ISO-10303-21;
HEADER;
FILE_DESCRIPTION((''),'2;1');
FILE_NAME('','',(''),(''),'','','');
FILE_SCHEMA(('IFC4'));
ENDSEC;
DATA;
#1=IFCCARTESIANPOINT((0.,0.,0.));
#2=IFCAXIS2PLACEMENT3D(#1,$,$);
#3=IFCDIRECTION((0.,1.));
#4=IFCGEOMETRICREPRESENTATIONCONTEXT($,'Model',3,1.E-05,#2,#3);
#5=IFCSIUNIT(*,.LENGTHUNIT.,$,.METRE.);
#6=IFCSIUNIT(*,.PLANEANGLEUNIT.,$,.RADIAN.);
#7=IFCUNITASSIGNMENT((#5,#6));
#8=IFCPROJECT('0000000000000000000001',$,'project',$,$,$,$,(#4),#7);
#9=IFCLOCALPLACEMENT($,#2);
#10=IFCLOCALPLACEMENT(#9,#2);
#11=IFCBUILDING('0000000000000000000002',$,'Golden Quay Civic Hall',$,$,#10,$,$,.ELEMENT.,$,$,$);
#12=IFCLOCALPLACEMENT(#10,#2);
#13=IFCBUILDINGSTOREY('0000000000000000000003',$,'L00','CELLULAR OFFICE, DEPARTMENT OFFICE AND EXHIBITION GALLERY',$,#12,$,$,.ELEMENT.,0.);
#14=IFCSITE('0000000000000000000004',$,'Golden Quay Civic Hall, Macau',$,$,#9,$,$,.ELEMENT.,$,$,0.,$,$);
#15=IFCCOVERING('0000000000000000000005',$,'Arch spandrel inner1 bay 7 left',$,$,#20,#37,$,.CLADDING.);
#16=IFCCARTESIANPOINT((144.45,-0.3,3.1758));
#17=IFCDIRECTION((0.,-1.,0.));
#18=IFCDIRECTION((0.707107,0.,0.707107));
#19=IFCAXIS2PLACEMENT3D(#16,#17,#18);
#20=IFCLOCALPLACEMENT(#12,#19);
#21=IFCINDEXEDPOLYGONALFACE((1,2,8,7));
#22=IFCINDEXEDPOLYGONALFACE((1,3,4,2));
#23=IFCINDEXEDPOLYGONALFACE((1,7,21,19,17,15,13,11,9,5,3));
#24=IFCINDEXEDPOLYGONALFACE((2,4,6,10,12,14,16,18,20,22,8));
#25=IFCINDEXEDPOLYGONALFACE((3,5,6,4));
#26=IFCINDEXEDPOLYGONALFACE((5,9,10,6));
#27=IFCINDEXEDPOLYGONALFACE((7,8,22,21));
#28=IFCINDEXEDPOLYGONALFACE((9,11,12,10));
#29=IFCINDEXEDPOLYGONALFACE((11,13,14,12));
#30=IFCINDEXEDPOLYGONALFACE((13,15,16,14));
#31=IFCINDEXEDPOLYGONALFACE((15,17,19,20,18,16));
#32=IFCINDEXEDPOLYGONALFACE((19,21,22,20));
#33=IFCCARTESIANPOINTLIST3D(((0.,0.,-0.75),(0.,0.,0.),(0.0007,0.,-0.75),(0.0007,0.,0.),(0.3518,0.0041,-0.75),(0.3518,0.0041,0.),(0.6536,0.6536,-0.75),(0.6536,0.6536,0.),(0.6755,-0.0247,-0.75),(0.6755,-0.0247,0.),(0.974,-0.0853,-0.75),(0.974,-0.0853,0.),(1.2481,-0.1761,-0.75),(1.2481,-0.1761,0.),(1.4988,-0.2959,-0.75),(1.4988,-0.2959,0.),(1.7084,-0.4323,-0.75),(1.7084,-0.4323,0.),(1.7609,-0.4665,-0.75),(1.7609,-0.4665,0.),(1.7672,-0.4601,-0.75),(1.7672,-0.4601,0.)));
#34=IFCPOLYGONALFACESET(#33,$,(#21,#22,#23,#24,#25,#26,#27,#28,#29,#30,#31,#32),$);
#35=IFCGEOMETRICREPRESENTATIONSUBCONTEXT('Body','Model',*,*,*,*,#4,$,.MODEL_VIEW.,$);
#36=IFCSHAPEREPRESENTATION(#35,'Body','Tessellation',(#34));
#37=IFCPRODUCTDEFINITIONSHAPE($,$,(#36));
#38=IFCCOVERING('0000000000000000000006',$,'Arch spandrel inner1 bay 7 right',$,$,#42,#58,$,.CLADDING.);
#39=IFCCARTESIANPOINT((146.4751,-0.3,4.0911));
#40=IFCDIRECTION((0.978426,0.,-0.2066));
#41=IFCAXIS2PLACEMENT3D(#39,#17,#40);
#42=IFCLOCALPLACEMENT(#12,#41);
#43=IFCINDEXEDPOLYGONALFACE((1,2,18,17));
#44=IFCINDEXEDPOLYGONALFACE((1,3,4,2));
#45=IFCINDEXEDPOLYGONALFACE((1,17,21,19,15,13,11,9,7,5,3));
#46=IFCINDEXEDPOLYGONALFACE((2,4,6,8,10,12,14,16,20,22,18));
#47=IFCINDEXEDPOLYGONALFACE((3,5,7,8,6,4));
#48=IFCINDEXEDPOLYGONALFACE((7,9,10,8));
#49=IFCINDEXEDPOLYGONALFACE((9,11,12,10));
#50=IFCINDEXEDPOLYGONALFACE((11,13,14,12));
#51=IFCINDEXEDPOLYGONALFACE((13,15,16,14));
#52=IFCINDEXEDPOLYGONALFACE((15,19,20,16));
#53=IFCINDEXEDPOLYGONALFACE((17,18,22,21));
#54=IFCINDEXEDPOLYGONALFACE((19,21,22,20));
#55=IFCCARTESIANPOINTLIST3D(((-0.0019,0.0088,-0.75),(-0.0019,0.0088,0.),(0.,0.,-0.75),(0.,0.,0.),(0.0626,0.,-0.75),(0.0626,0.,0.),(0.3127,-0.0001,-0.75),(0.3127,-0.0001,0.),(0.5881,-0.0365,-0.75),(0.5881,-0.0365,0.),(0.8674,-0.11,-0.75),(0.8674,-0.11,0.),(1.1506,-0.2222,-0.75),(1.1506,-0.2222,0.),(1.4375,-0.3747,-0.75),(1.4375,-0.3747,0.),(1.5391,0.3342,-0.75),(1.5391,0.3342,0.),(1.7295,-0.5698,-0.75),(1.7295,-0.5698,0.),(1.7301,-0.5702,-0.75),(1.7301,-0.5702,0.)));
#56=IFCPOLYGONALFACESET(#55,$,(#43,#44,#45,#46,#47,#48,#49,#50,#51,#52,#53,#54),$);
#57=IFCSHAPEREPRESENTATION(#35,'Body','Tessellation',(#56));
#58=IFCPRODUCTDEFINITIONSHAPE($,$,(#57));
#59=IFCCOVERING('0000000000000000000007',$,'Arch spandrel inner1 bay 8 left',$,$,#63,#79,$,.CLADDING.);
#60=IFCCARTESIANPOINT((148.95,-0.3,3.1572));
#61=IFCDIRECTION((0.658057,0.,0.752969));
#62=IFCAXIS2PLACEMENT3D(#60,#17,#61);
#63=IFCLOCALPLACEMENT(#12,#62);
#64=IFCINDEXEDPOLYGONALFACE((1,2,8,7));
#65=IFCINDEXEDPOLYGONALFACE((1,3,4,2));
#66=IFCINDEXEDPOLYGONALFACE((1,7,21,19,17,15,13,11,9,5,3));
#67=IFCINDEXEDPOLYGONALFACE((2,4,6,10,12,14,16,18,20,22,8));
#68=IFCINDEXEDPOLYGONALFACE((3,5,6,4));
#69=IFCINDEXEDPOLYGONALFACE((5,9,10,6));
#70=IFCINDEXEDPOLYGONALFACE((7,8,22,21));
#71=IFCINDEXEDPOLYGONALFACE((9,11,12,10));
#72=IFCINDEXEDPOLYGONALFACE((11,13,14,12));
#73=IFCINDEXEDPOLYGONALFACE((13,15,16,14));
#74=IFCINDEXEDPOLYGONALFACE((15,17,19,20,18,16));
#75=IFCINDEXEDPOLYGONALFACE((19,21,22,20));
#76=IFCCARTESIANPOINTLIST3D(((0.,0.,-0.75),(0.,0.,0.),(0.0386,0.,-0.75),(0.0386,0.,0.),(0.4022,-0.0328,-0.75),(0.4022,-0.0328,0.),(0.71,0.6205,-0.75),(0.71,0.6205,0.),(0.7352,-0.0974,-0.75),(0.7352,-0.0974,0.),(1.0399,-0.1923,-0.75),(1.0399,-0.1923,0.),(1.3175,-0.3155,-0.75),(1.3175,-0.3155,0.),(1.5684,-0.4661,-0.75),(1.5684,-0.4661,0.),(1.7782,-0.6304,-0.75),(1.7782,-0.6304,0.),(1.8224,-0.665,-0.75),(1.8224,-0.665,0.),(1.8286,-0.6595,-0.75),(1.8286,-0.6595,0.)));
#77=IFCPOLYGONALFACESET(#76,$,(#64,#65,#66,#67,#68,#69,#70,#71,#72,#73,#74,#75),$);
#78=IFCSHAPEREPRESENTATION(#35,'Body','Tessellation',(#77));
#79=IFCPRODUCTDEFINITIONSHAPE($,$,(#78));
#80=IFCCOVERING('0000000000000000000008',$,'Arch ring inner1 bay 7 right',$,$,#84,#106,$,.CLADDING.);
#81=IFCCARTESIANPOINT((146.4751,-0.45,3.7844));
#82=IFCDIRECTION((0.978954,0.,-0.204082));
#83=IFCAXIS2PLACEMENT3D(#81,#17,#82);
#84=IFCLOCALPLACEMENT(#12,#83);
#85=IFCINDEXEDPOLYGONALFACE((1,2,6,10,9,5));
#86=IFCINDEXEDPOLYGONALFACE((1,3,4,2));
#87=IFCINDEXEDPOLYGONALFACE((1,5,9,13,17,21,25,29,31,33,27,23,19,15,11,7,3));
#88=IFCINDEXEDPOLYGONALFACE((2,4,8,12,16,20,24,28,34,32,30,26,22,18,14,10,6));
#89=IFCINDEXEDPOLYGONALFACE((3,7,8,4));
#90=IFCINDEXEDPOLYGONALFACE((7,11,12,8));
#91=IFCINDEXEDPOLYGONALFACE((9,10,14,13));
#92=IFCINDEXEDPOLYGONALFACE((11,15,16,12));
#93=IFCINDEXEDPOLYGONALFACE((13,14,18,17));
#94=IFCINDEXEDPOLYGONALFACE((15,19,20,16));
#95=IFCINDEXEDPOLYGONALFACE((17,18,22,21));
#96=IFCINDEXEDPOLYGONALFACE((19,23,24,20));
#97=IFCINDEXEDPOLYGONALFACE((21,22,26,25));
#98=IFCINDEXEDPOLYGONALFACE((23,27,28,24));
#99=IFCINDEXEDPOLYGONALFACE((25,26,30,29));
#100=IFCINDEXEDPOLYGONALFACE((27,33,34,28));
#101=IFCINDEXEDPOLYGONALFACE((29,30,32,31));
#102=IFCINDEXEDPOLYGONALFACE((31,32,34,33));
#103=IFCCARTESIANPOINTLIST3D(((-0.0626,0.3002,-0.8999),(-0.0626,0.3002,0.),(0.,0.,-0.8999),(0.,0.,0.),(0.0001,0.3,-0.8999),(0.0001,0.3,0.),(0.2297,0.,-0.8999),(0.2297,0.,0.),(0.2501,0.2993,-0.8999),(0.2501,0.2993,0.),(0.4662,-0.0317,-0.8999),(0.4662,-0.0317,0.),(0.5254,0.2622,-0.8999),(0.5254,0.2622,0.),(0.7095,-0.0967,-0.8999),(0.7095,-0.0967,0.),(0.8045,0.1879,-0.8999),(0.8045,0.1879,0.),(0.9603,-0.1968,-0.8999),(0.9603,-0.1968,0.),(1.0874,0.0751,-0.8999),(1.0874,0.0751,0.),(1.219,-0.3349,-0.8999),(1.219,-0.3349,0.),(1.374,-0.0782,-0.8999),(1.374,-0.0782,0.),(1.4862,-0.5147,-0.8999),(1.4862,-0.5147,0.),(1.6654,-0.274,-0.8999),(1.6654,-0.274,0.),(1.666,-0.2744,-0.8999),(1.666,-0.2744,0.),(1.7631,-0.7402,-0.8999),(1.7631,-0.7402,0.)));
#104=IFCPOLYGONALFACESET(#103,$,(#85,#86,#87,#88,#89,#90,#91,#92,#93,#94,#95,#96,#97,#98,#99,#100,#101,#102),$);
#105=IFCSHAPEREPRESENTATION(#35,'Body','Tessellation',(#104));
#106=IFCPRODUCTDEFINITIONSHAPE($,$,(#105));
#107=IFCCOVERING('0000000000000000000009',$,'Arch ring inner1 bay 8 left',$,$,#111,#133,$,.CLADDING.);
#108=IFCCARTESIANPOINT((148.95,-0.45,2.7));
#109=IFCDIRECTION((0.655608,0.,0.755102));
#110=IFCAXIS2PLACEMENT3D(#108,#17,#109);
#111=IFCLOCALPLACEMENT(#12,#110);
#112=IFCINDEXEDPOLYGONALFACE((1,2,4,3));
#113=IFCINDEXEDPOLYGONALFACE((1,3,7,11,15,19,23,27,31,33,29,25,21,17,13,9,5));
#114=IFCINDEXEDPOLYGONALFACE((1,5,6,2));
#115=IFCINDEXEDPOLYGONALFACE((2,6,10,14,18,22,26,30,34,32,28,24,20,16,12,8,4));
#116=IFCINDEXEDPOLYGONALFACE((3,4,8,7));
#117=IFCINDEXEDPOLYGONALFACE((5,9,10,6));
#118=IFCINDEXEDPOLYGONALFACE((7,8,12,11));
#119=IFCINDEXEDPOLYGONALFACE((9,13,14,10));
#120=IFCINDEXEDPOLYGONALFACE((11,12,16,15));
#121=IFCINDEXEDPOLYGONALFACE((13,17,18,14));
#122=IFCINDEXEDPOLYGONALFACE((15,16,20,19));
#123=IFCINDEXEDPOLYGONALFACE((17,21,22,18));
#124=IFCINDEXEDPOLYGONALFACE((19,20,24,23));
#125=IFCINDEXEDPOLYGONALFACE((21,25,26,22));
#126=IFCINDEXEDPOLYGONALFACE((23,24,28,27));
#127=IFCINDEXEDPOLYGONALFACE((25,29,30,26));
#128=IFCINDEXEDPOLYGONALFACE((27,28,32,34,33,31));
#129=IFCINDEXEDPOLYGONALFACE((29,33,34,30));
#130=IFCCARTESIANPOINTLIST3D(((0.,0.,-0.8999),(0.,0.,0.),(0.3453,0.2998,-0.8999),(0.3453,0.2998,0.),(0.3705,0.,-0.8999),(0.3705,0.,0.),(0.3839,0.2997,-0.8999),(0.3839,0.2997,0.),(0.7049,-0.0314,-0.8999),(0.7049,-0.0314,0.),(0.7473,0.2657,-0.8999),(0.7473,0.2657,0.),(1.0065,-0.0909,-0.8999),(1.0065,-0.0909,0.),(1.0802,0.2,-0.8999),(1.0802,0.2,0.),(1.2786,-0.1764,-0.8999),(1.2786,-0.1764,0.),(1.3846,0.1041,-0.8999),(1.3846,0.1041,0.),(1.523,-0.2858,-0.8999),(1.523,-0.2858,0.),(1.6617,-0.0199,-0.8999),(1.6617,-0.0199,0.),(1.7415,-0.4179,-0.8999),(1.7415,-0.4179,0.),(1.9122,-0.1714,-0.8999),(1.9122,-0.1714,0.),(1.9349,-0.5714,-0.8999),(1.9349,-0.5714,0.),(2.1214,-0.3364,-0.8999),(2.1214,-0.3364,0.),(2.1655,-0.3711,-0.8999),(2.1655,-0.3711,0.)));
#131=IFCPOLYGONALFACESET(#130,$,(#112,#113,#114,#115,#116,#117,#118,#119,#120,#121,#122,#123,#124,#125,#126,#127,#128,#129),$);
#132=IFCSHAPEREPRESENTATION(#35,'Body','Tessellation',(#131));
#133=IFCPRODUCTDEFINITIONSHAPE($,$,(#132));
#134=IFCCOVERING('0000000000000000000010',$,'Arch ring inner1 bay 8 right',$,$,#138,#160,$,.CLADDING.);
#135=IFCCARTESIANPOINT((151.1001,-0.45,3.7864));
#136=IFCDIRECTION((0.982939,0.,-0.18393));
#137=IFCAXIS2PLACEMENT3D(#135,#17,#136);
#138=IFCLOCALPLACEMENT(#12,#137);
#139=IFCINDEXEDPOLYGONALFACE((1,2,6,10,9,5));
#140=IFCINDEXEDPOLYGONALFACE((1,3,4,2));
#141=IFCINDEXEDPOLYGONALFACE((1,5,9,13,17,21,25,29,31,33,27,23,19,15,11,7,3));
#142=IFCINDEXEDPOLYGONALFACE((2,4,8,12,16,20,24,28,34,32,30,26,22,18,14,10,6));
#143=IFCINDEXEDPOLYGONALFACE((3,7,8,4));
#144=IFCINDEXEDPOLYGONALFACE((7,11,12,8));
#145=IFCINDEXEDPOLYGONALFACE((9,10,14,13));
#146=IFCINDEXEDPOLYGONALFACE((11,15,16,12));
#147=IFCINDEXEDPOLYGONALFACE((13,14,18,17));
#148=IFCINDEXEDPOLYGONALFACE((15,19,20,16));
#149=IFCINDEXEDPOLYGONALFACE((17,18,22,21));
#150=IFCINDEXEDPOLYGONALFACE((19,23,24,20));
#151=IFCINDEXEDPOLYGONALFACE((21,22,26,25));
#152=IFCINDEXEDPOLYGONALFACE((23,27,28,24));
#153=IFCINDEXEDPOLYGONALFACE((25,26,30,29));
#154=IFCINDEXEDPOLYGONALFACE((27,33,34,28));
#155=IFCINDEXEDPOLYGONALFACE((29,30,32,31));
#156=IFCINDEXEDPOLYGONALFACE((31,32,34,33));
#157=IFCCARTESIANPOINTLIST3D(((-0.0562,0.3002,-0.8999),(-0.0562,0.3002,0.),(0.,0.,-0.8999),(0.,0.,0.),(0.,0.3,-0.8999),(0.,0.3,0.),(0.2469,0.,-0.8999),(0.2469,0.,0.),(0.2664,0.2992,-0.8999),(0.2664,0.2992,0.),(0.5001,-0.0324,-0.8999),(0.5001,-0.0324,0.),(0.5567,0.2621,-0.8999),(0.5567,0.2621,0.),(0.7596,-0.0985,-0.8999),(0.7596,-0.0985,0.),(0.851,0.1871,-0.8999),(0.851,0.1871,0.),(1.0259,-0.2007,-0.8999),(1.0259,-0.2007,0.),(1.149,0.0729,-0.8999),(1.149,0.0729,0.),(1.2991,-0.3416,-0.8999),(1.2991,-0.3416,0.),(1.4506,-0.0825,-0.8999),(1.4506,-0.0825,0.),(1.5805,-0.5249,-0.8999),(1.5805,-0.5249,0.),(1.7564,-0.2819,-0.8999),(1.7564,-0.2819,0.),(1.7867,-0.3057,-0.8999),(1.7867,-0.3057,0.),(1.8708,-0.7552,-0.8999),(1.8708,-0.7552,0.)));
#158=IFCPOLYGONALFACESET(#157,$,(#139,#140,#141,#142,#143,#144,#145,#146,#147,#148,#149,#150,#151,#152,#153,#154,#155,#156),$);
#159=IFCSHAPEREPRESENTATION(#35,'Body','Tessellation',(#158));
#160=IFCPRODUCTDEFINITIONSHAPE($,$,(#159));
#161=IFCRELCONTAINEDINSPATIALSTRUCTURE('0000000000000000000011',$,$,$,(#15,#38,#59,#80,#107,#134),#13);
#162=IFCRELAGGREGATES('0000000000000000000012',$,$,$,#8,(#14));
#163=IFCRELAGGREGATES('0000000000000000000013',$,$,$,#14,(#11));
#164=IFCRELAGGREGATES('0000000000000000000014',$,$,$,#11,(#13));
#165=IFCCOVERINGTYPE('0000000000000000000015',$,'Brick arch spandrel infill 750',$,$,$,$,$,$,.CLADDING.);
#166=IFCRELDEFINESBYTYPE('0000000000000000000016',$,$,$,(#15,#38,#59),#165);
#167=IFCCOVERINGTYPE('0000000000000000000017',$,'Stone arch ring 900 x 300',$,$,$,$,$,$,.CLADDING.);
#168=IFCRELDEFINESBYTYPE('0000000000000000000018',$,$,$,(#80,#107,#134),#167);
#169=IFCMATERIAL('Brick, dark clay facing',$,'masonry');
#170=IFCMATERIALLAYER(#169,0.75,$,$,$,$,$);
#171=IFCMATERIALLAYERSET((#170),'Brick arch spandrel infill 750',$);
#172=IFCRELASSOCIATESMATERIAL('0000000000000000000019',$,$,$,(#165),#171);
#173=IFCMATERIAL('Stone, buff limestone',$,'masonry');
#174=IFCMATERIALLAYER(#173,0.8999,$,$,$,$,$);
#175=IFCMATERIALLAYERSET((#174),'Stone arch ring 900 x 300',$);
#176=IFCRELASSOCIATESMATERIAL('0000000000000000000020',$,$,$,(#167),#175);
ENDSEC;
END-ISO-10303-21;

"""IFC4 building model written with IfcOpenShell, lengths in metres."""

from ifc_helpers import new_model, si_unit, direction, frame, origin, place, context, subcontext, project, spatial, polyline, outline, extrude, material, layer, layer_set, type_object, element, save


model = new_model("IFC4")

# Units and contexts
model_context = context("Model", 3, precision=1e-05, world=origin(), true_north=direction((0.0, 1.0)))
body_context = subcontext(model_context, "Body", "Model", "MODEL_VIEW")
ifc_project = project(units=[si_unit("LENGTHUNIT", "METRE"), si_unit("PLANEANGLEUNIT", "RADIAN")], contexts=[model_context])

# Site, building, storey
site_placement = place(None, origin())
site = spatial("IfcSite", under=ifc_project, at=site_placement, Name="Golden Quay Civic Hall, Macau", CompositionType="ELEMENT", RefElevation=0.0)
building_placement = place(site_placement, origin())
building = spatial("IfcBuilding", under=site, at=building_placement, Name="Golden Quay Civic Hall", CompositionType="ELEMENT")
storey_placement = place(building_placement, origin())
storey = spatial("IfcBuildingStorey", under=building, at=storey_placement, Name="L00", Description="CELLULAR OFFICE, DEPARTMENT OFFICE AND EXHIBITION GALLERY", CompositionType="ELEMENT", Elevation=0.0)

# Coverings
ifc_material_1 = material(Name="Brick, dark clay facing", Category="masonry")
ifc_layer_1 = layer(ifc_material_1, 0.75)
ifc_layer_set_1 = layer_set([ifc_layer_1], Name="Brick arch spandrel infill 750")
covering_type_1 = type_object("IfcCoveringType", Name="Brick arch spandrel infill 750", PredefinedType="CLADDING", material=ifc_layer_set_1)
covering_1_placement = place(storey_placement, frame((144.45, -0.3, 3.1758), z_axis=(0.0, -1.0, 0.0), x_axis=(0.707107, 0.0, 0.707107)))
element("IfcCovering", 1, at=covering_1_placement, inside=storey, type_object=covering_type_1, Name="Arch spandrel inner1 bay 7 left", PredefinedType="CLADDING", context=body_context, shape_type="SweptSolid", body=[
    extrude(outline(polyline([(0.0, 0.0), (0.0007, 0.0), (0.3518, 0.0041), (0.6755, -0.0247), (0.974, -0.0853), (1.2481, -0.1761), (1.4988, -0.2959), (1.7084, -0.4323), (1.7609, -0.4665), (1.7672, -0.4601), (0.6536, 0.6536), (0.0, 0.0)])), origin(), (0.0, 0.0, -1.0), 0.75),
])
covering_2_placement = place(storey_placement, frame((146.4751, -0.3, 4.0911), z_axis=(0.0, -1.0, 0.0), x_axis=(0.978426, 0.0, -0.2066)))
element("IfcCovering", 2, at=covering_2_placement, inside=storey, type_object=covering_type_1, Name="Arch spandrel inner1 bay 7 right", PredefinedType="CLADDING", context=body_context, shape_type="SweptSolid", body=[
    extrude(outline(polyline([(0.0, 0.0), (0.0626, 0.0), (0.3127, -0.0001), (0.5881, -0.0365), (0.8674, -0.11), (1.1506, -0.2222), (1.4375, -0.3747), (1.7295, -0.5698), (1.7301, -0.5702), (1.5391, 0.3342), (-0.0019, 0.0088), (0.0, 0.0)])), origin(), (0.0, 0.0, -1.0), 0.75),
])
covering_3_placement = place(storey_placement, frame((148.95, -0.3, 3.1572), z_axis=(0.0, -1.0, 0.0), x_axis=(0.658057, 0.0, 0.752969)))
element("IfcCovering", 3, at=covering_3_placement, inside=storey, type_object=covering_type_1, Name="Arch spandrel inner1 bay 8 left", PredefinedType="CLADDING", context=body_context, shape_type="SweptSolid", body=[
    extrude(outline(polyline([(0.0, 0.0), (0.0386, 0.0), (0.4022, -0.0328), (0.7352, -0.0974), (1.0399, -0.1923), (1.3175, -0.3155), (1.5684, -0.4661), (1.7782, -0.6304), (1.8224, -0.665), (1.8286, -0.6595), (0.71, 0.6205), (0.0, 0.0)])), origin(), (0.0, 0.0, -1.0), 0.75),
])

# Coverings
ifc_material_2 = material(Name="Stone, buff limestone", Category="masonry")
ifc_layer_2 = layer(ifc_material_2, 0.8999)
ifc_layer_set_2 = layer_set([ifc_layer_2], Name="Stone arch ring 900 x 300")
covering_type_2 = type_object("IfcCoveringType", Name="Stone arch ring 900 x 300", PredefinedType="CLADDING", material=ifc_layer_set_2)
covering_4_placement = place(storey_placement, frame((146.4751, -0.45, 3.7844), z_axis=(0.0, -1.0, 0.0), x_axis=(0.978954, 0.0, -0.204082)))
element("IfcCovering", 4, at=covering_4_placement, inside=storey, type_object=covering_type_2, Name="Arch ring inner1 bay 7 right", PredefinedType="CLADDING", context=body_context, shape_type="SweptSolid", body=[
    extrude(outline(polyline([(0.0, 0.0), (0.2297, 0.0), (0.4662, -0.0317), (0.7095, -0.0967), (0.9603, -0.1968), (1.219, -0.3349), (1.4862, -0.5147), (1.7631, -0.7402), (1.666, -0.2744), (1.6654, -0.274), (1.374, -0.0782), (1.0874, 0.0751), (0.8045, 0.1879), (0.5254, 0.2622), (0.2501, 0.2993), (0.0001, 0.3), (-0.0626, 0.3002), (0.0, 0.0)])), origin(), (0.0, 0.0, -1.0), 0.8999),
])
covering_5_placement = place(storey_placement, frame((148.95, -0.45, 2.7), z_axis=(0.0, -1.0, 0.0), x_axis=(0.655608, 0.0, 0.755102)))
element("IfcCovering", 5, at=covering_5_placement, inside=storey, type_object=covering_type_2, Name="Arch ring inner1 bay 8 left", PredefinedType="CLADDING", context=body_context, shape_type="SweptSolid", body=[
    extrude(outline(polyline([(0.0, 0.0), (0.3705, 0.0), (0.7049, -0.0314), (1.0065, -0.0909), (1.2786, -0.1764), (1.523, -0.2858), (1.7415, -0.4179), (1.9349, -0.5714), (2.1655, -0.3711), (2.1214, -0.3364), (1.9122, -0.1714), (1.6617, -0.0199), (1.3846, 0.1041), (1.0802, 0.2), (0.7473, 0.2657), (0.3839, 0.2997), (0.3453, 0.2998), (0.0, 0.0)])), origin(), (0.0, 0.0, -1.0), 0.8999),
])
covering_6_placement = place(storey_placement, frame((151.1001, -0.45, 3.7864), z_axis=(0.0, -1.0, 0.0), x_axis=(0.982939, 0.0, -0.18393)))
element("IfcCovering", 6, at=covering_6_placement, inside=storey, type_object=covering_type_2, Name="Arch ring inner1 bay 8 right", PredefinedType="CLADDING", context=body_context, shape_type="SweptSolid", body=[
    extrude(outline(polyline([(0.0, 0.0), (0.2469, 0.0), (0.5001, -0.0324), (0.7596, -0.0985), (1.0259, -0.2007), (1.2991, -0.3416), (1.5805, -0.5249), (1.8708, -0.7552), (1.7867, -0.3057), (1.7564, -0.2819), (1.4506, -0.0825), (1.149, 0.0729), (0.851, 0.1871), (0.5567, 0.2621), (0.2664, 0.2992), (0.0, 0.3), (-0.0562, 0.3002), (0.0, 0.0)])), origin(), (0.0, 0.0, -1.0), 0.8999),
])

save(model, "model.ifc")
